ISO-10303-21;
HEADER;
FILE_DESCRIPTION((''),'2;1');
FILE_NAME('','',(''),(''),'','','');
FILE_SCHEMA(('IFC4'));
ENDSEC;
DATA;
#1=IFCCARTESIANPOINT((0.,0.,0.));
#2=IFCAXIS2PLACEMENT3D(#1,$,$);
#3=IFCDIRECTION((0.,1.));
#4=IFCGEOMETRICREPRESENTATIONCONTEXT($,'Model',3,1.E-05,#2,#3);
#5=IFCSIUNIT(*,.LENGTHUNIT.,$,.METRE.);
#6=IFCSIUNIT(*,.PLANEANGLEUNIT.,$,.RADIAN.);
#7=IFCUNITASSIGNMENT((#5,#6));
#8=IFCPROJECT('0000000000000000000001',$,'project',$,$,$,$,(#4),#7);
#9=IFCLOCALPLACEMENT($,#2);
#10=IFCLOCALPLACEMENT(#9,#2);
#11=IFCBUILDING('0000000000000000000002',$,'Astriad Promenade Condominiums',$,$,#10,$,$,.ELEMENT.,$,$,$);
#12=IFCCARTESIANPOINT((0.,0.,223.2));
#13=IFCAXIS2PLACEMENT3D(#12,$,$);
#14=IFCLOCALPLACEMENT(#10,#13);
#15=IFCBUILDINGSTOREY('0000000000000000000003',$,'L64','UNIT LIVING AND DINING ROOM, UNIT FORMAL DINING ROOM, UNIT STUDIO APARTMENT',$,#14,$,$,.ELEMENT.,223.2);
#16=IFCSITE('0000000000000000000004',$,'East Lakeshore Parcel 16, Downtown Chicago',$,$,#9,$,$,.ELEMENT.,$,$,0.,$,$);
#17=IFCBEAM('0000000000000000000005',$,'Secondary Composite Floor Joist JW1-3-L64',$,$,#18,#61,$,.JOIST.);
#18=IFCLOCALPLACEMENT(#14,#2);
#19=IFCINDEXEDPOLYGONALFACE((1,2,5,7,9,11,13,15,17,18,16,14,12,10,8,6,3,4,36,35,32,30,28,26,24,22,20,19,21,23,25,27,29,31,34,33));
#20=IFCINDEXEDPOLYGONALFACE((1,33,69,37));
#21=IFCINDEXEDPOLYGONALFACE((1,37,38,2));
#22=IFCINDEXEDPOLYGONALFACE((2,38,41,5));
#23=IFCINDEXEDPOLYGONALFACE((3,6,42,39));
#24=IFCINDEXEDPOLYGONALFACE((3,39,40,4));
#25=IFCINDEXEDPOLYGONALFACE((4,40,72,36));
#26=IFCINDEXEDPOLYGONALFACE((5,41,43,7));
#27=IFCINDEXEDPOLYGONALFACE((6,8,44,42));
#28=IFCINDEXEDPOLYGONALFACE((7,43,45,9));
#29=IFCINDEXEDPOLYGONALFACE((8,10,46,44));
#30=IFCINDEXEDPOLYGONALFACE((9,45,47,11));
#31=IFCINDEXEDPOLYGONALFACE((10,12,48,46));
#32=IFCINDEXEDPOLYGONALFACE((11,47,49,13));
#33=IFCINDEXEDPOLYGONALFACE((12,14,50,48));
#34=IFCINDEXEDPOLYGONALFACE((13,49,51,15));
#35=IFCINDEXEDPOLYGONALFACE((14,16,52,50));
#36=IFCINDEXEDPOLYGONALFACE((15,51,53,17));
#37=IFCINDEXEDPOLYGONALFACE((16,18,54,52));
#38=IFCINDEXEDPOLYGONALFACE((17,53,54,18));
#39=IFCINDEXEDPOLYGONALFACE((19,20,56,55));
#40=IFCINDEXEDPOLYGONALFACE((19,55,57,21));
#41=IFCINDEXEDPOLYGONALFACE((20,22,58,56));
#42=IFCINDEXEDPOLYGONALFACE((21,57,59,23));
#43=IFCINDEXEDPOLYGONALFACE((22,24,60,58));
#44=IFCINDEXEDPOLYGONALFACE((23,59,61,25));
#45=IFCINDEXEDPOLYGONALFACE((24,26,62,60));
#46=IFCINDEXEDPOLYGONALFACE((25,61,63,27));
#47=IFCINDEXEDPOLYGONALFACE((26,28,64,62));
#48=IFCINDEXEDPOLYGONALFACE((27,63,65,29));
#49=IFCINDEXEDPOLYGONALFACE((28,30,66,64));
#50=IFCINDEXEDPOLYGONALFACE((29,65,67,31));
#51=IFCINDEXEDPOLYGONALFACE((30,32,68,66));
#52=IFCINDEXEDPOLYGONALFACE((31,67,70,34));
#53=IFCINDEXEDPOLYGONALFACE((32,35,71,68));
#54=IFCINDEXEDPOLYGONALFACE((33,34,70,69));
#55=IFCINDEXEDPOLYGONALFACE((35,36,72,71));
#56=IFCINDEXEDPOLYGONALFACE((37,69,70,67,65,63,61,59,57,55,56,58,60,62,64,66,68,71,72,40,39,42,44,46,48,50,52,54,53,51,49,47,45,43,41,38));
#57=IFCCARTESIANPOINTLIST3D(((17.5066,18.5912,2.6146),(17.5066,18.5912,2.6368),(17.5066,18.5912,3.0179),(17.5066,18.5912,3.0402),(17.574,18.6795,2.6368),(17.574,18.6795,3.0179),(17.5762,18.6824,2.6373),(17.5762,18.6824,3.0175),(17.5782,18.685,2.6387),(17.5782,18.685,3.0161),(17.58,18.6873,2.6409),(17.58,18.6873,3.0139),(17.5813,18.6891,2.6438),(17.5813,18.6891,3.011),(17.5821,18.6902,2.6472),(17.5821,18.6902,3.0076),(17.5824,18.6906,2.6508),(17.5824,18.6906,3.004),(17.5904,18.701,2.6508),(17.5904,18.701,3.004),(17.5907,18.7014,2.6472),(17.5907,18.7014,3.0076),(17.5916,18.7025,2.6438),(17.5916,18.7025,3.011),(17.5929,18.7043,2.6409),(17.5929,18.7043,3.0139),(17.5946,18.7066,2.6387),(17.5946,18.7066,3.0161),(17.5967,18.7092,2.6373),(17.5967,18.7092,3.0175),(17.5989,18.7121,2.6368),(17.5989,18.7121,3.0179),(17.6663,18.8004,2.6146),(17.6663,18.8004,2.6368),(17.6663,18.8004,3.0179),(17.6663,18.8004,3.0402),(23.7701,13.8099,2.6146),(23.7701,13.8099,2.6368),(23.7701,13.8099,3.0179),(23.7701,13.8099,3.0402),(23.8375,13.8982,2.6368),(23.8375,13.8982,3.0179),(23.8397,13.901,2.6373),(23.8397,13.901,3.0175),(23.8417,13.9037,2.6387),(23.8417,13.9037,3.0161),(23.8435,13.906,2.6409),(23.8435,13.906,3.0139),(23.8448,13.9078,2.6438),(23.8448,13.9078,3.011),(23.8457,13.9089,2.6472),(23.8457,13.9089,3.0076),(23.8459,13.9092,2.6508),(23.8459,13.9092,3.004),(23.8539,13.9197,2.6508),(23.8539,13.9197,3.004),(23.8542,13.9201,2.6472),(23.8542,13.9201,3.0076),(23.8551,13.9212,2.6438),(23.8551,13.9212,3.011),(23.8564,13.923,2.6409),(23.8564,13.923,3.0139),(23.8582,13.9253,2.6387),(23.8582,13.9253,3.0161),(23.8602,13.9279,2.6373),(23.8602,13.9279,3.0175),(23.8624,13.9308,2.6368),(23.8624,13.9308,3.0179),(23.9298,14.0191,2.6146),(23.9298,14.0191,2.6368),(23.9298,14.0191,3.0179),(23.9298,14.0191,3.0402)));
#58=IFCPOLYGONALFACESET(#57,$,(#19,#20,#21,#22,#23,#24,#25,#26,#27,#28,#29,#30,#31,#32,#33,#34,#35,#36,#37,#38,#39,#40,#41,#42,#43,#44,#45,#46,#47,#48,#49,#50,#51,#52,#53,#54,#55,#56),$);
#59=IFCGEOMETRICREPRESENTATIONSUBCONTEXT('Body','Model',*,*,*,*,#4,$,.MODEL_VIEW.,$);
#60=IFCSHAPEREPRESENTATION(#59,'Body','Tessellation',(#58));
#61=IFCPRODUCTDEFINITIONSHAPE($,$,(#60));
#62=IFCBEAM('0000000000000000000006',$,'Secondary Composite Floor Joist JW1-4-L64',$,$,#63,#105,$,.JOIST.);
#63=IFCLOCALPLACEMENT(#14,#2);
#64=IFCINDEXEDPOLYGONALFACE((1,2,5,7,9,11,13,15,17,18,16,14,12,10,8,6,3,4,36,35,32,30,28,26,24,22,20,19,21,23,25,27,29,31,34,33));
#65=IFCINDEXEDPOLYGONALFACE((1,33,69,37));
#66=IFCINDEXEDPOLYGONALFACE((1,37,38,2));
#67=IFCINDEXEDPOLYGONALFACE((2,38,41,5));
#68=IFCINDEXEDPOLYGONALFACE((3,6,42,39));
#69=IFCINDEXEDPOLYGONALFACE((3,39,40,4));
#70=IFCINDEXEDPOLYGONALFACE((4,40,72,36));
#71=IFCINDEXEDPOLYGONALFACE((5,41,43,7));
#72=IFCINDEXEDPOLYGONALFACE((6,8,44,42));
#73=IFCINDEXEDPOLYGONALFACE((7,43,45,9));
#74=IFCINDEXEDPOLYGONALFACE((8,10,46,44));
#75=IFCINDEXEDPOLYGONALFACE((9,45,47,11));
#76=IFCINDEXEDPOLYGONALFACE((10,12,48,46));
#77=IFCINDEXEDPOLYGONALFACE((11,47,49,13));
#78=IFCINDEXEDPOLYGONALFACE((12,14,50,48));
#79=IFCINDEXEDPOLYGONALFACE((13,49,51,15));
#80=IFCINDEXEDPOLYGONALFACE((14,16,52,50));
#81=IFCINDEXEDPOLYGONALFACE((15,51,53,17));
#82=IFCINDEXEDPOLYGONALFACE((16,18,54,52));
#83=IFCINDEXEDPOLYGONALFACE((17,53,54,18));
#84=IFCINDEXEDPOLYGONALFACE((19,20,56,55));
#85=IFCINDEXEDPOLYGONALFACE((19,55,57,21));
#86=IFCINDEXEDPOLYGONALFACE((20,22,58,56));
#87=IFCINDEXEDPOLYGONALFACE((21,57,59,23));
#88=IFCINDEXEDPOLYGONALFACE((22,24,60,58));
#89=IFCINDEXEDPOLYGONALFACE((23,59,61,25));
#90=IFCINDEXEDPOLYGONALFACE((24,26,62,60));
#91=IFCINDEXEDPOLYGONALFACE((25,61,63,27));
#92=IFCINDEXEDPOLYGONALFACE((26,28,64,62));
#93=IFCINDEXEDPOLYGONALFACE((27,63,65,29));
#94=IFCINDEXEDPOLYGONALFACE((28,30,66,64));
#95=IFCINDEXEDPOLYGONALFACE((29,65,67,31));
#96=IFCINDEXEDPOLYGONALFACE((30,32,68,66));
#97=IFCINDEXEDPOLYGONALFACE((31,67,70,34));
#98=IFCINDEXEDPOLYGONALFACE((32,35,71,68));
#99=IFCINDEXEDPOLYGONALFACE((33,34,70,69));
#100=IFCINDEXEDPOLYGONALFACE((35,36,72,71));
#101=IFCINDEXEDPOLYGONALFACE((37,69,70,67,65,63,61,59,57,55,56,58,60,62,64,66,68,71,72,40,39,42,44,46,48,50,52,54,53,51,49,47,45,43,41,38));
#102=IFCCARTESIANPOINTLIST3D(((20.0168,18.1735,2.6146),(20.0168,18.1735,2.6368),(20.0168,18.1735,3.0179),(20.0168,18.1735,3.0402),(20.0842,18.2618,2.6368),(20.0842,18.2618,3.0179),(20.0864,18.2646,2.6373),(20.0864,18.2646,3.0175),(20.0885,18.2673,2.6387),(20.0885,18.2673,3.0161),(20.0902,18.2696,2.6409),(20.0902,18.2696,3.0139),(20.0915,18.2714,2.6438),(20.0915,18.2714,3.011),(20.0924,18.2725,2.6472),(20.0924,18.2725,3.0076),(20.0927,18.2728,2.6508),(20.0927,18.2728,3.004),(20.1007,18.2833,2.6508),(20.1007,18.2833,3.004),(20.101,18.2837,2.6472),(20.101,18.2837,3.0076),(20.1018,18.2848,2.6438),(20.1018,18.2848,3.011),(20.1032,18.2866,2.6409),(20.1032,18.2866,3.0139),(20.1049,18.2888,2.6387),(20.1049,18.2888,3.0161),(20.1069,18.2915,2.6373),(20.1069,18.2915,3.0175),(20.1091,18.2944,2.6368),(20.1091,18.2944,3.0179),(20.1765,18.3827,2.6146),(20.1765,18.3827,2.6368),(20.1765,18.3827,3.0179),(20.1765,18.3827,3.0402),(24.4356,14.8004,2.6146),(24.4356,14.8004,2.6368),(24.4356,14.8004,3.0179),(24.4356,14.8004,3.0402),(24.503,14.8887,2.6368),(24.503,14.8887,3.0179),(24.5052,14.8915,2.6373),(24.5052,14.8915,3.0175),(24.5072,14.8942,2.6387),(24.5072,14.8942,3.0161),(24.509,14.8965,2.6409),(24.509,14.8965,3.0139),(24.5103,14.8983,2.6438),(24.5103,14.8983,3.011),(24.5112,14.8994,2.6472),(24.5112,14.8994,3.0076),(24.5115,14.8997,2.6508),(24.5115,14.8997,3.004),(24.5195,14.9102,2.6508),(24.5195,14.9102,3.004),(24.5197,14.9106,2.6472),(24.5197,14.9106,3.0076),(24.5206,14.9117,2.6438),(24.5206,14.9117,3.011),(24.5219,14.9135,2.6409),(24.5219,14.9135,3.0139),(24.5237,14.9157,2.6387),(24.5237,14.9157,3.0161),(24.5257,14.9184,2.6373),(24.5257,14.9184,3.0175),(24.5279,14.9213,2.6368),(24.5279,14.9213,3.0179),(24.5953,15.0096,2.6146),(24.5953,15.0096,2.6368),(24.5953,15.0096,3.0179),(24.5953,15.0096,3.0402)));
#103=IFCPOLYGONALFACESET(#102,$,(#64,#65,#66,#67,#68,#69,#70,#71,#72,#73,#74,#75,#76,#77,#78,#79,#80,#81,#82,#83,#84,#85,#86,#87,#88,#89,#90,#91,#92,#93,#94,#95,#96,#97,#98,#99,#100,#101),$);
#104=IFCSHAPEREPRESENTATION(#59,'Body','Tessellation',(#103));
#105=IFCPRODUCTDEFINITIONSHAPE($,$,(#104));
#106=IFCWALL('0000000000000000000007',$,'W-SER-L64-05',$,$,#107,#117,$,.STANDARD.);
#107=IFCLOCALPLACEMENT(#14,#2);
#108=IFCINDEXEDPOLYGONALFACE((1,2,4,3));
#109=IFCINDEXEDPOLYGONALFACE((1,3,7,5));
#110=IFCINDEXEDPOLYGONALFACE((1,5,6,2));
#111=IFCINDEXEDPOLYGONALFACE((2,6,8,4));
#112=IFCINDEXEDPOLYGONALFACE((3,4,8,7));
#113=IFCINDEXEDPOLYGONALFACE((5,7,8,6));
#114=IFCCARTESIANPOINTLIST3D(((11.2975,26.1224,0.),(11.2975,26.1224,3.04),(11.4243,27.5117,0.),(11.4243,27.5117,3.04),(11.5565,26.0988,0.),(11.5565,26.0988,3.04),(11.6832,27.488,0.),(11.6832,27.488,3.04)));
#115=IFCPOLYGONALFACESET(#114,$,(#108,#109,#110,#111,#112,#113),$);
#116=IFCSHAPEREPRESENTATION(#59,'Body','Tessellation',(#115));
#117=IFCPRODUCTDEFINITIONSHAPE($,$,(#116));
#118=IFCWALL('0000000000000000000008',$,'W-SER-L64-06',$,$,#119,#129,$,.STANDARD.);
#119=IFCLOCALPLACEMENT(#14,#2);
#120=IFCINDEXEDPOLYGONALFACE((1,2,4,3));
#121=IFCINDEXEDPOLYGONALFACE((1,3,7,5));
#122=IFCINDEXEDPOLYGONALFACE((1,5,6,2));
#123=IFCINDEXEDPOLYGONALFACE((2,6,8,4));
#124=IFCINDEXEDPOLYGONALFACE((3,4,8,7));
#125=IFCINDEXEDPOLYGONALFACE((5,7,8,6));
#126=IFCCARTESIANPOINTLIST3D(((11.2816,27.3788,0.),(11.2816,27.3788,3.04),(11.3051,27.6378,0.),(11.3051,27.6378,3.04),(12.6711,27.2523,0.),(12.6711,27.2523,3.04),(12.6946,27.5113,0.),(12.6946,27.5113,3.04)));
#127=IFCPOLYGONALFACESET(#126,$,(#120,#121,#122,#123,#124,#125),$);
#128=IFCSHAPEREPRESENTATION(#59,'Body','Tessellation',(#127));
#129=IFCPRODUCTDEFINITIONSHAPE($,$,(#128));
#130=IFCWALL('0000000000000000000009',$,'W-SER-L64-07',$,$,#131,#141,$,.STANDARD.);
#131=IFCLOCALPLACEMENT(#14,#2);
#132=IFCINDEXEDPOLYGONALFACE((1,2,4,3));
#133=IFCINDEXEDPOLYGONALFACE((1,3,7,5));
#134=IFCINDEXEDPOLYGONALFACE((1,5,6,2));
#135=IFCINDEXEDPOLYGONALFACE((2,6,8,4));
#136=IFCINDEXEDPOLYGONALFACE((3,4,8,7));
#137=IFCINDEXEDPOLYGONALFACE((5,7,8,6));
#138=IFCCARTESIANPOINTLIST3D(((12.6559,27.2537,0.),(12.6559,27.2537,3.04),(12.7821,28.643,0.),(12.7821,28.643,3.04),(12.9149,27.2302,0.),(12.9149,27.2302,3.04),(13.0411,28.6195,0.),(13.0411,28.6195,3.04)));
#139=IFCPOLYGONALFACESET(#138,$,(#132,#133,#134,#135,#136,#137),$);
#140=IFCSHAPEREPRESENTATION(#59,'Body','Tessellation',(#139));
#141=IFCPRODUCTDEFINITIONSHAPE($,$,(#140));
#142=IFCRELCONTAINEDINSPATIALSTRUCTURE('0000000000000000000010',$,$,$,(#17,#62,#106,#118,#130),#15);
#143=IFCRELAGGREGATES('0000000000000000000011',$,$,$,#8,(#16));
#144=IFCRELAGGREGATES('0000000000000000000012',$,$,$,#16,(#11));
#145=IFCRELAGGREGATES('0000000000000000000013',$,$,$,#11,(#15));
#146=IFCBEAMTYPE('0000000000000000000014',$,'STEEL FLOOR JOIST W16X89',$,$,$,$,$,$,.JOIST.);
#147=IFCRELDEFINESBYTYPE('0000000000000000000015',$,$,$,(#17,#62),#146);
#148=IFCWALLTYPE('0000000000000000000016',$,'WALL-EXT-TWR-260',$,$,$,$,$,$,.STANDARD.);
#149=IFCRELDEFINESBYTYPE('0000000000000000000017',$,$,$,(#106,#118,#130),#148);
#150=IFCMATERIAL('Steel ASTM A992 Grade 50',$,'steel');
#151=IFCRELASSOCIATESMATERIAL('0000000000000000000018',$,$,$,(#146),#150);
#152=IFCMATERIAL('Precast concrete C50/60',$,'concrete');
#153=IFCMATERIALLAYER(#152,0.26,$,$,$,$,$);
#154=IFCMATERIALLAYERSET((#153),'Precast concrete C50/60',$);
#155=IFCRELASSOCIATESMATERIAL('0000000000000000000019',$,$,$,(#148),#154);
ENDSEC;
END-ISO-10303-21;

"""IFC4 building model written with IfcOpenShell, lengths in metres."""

from ifc_helpers import new_model, si_unit, direction, frame, frame_2d, origin, origin_2d, place, context, subcontext, project, spatial, rectangle, i_section, extrude, source, transform, mapped, material, layer, layer_set, material_profile, profile_set, type_object, element, save


model = new_model("IFC4")

# Units and contexts
model_context = context("Model", 3, precision=1e-05, world=origin(), true_north=direction((0.0, 1.0)))
body_context = subcontext(model_context, "Body", "Model", "MODEL_VIEW")
ifc_project = project(units=[si_unit("LENGTHUNIT", "METRE"), si_unit("PLANEANGLEUNIT", "RADIAN")], contexts=[model_context])

# Site, building, storey
site_placement = place(None, origin())
site = spatial("IfcSite", under=ifc_project, at=site_placement, Name="East Lakeshore Parcel 16, Downtown Chicago", CompositionType="ELEMENT", RefElevation=0.0)
building_placement = place(site_placement, origin())
building = spatial("IfcBuilding", under=site, at=building_placement, Name="Astriad Promenade Condominiums", CompositionType="ELEMENT")
storey_placement = place(building_placement, frame((0.0, 0.0, 223.2)))
storey = spatial("IfcBuildingStorey", under=building, at=storey_placement, Name="L64", Description="UNIT LIVING AND DINING ROOM, UNIT FORMAL DINING ROOM, UNIT STUDIO APARTMENT", CompositionType="ELEMENT", Elevation=223.2)

# Beams
ifc_material_1 = material(Name="Steel ASTM A992 Grade 50", Category="steel")
ifc_material_profile_1 = material_profile(ifc_material_1, i_section(OverallWidth=0.2632, OverallDepth=0.4255, WebThickness=0.0132, FlangeThickness=0.0222, FilletRadius=0.0139, at=origin_2d()), Name="W16X89")
ifc_profile_set_1 = profile_set([ifc_material_profile_1], Name="Steel ASTM A992 Grade 50")
beam_type_1 = type_object("IfcBeamType", Name="STEEL FLOOR JOIST W16X89", PredefinedType="JOIST", material=ifc_profile_set_1)
shared_shape_1 = source(origin(), body_context, "Body", "SweptSolid", [
    extrude(i_section(OverallWidth=0.2632, OverallDepth=0.4255, WebThickness=0.0132, FlangeThickness=0.0222, FilletRadius=0.0139, at=origin_2d()), origin(), (0.0, 0.0, 1.0), 7.8799),
])
beam_1_placement = place(storey_placement, frame((17.5864, 18.6958, 2.8274), z_axis=(0.794874, -0.606775, 0.0), x_axis=(0.606775, 0.794874, 0.0)))
element("IfcBeam", 1, at=beam_1_placement, inside=storey, type_object=beam_type_1, Name="Secondary Composite Floor Joist JW1-3-L64", PredefinedType="JOIST", context=body_context, shape_type="MappedRepresentation", body=[
    mapped(shared_shape_1, transform((0.0, 0.0, 0.0), scale=1.0)),
])
shared_shape_2 = source(origin(), body_context, "Body", "SweptSolid", [
    extrude(i_section(OverallWidth=0.2632, OverallDepth=0.4255, WebThickness=0.0132, FlangeThickness=0.0222, FilletRadius=0.0139, at=origin_2d()), origin(), (0.0, 0.0, 1.0), 5.5591),
])
beam_2_placement = place(storey_placement, frame((20.0967, 18.2781, 2.8274), z_axis=(0.794875, -0.606773, 0.0), x_axis=(0.606773, 0.794875, 0.0)))
element("IfcBeam", 2, at=beam_2_placement, inside=storey, type_object=beam_type_1, Name="Secondary Composite Floor Joist JW1-4-L64", PredefinedType="JOIST", context=body_context, shape_type="MappedRepresentation", body=[
    mapped(shared_shape_2, transform((0.0, 0.0, 0.0), scale=1.0)),
])

# Walls
ifc_material_2 = material(Name="Precast concrete C50/60", Category="concrete")
ifc_layer_1 = layer(ifc_material_2, 0.26)
ifc_layer_set_1 = layer_set([ifc_layer_1], Name="Precast concrete C50/60")
wall_type_1 = type_object("IfcWallType", Name="WALL-EXT-TWR-260", PredefinedType="STANDARD", material=ifc_layer_set_1)
wall_1_placement = place(storey_placement, frame((11.427, 26.1106, 0.0), z_axis=(0.0, 0.0, 1.0), x_axis=(0.090836, 0.995866, 0.0)))
element("IfcWall", 3, at=wall_1_placement, inside=storey, type_object=wall_type_1, Name="W-SER-L64-05", PredefinedType="STANDARD", context=body_context, shape_type="SweptSolid", body=[
    extrude(rectangle(XDim=1.395, YDim=0.26, at=frame_2d((0.6975, 0.0))), origin(), (0.0, 0.0, 1.0), 3.04),
])
wall_2_placement = place(storey_placement, frame((11.2932, 27.5083, 0.0), z_axis=(0.0, 0.0, 1.0), x_axis=(0.995883, -0.090646, 0.0)))
element("IfcWall", 4, at=wall_2_placement, inside=storey, type_object=wall_type_1, Name="W-SER-L64-06", PredefinedType="STANDARD", context=body_context, shape_type="SweptSolid", body=[
    extrude(rectangle(XDim=1.3953, YDim=0.26, at=frame_2d((0.6978, 0.0))), origin(), (0.0, 0.0, 1.0), 3.04),
])
wall_3_placement = place(storey_placement, frame((12.7854, 27.2419, 0.0), z_axis=(0.0, 0.0, 1.0), x_axis=(0.090473, 0.995899, 0.0)))
element("IfcWall", 5, at=wall_3_placement, inside=storey, type_object=wall_type_1, Name="W-SER-L64-07", PredefinedType="STANDARD", context=body_context, shape_type="SweptSolid", body=[
    extrude(rectangle(XDim=1.395, YDim=0.26, at=frame_2d((0.6975, 0.0))), origin(), (0.0, 0.0, 1.0), 3.04),
])

save(model, "model.ifc")
